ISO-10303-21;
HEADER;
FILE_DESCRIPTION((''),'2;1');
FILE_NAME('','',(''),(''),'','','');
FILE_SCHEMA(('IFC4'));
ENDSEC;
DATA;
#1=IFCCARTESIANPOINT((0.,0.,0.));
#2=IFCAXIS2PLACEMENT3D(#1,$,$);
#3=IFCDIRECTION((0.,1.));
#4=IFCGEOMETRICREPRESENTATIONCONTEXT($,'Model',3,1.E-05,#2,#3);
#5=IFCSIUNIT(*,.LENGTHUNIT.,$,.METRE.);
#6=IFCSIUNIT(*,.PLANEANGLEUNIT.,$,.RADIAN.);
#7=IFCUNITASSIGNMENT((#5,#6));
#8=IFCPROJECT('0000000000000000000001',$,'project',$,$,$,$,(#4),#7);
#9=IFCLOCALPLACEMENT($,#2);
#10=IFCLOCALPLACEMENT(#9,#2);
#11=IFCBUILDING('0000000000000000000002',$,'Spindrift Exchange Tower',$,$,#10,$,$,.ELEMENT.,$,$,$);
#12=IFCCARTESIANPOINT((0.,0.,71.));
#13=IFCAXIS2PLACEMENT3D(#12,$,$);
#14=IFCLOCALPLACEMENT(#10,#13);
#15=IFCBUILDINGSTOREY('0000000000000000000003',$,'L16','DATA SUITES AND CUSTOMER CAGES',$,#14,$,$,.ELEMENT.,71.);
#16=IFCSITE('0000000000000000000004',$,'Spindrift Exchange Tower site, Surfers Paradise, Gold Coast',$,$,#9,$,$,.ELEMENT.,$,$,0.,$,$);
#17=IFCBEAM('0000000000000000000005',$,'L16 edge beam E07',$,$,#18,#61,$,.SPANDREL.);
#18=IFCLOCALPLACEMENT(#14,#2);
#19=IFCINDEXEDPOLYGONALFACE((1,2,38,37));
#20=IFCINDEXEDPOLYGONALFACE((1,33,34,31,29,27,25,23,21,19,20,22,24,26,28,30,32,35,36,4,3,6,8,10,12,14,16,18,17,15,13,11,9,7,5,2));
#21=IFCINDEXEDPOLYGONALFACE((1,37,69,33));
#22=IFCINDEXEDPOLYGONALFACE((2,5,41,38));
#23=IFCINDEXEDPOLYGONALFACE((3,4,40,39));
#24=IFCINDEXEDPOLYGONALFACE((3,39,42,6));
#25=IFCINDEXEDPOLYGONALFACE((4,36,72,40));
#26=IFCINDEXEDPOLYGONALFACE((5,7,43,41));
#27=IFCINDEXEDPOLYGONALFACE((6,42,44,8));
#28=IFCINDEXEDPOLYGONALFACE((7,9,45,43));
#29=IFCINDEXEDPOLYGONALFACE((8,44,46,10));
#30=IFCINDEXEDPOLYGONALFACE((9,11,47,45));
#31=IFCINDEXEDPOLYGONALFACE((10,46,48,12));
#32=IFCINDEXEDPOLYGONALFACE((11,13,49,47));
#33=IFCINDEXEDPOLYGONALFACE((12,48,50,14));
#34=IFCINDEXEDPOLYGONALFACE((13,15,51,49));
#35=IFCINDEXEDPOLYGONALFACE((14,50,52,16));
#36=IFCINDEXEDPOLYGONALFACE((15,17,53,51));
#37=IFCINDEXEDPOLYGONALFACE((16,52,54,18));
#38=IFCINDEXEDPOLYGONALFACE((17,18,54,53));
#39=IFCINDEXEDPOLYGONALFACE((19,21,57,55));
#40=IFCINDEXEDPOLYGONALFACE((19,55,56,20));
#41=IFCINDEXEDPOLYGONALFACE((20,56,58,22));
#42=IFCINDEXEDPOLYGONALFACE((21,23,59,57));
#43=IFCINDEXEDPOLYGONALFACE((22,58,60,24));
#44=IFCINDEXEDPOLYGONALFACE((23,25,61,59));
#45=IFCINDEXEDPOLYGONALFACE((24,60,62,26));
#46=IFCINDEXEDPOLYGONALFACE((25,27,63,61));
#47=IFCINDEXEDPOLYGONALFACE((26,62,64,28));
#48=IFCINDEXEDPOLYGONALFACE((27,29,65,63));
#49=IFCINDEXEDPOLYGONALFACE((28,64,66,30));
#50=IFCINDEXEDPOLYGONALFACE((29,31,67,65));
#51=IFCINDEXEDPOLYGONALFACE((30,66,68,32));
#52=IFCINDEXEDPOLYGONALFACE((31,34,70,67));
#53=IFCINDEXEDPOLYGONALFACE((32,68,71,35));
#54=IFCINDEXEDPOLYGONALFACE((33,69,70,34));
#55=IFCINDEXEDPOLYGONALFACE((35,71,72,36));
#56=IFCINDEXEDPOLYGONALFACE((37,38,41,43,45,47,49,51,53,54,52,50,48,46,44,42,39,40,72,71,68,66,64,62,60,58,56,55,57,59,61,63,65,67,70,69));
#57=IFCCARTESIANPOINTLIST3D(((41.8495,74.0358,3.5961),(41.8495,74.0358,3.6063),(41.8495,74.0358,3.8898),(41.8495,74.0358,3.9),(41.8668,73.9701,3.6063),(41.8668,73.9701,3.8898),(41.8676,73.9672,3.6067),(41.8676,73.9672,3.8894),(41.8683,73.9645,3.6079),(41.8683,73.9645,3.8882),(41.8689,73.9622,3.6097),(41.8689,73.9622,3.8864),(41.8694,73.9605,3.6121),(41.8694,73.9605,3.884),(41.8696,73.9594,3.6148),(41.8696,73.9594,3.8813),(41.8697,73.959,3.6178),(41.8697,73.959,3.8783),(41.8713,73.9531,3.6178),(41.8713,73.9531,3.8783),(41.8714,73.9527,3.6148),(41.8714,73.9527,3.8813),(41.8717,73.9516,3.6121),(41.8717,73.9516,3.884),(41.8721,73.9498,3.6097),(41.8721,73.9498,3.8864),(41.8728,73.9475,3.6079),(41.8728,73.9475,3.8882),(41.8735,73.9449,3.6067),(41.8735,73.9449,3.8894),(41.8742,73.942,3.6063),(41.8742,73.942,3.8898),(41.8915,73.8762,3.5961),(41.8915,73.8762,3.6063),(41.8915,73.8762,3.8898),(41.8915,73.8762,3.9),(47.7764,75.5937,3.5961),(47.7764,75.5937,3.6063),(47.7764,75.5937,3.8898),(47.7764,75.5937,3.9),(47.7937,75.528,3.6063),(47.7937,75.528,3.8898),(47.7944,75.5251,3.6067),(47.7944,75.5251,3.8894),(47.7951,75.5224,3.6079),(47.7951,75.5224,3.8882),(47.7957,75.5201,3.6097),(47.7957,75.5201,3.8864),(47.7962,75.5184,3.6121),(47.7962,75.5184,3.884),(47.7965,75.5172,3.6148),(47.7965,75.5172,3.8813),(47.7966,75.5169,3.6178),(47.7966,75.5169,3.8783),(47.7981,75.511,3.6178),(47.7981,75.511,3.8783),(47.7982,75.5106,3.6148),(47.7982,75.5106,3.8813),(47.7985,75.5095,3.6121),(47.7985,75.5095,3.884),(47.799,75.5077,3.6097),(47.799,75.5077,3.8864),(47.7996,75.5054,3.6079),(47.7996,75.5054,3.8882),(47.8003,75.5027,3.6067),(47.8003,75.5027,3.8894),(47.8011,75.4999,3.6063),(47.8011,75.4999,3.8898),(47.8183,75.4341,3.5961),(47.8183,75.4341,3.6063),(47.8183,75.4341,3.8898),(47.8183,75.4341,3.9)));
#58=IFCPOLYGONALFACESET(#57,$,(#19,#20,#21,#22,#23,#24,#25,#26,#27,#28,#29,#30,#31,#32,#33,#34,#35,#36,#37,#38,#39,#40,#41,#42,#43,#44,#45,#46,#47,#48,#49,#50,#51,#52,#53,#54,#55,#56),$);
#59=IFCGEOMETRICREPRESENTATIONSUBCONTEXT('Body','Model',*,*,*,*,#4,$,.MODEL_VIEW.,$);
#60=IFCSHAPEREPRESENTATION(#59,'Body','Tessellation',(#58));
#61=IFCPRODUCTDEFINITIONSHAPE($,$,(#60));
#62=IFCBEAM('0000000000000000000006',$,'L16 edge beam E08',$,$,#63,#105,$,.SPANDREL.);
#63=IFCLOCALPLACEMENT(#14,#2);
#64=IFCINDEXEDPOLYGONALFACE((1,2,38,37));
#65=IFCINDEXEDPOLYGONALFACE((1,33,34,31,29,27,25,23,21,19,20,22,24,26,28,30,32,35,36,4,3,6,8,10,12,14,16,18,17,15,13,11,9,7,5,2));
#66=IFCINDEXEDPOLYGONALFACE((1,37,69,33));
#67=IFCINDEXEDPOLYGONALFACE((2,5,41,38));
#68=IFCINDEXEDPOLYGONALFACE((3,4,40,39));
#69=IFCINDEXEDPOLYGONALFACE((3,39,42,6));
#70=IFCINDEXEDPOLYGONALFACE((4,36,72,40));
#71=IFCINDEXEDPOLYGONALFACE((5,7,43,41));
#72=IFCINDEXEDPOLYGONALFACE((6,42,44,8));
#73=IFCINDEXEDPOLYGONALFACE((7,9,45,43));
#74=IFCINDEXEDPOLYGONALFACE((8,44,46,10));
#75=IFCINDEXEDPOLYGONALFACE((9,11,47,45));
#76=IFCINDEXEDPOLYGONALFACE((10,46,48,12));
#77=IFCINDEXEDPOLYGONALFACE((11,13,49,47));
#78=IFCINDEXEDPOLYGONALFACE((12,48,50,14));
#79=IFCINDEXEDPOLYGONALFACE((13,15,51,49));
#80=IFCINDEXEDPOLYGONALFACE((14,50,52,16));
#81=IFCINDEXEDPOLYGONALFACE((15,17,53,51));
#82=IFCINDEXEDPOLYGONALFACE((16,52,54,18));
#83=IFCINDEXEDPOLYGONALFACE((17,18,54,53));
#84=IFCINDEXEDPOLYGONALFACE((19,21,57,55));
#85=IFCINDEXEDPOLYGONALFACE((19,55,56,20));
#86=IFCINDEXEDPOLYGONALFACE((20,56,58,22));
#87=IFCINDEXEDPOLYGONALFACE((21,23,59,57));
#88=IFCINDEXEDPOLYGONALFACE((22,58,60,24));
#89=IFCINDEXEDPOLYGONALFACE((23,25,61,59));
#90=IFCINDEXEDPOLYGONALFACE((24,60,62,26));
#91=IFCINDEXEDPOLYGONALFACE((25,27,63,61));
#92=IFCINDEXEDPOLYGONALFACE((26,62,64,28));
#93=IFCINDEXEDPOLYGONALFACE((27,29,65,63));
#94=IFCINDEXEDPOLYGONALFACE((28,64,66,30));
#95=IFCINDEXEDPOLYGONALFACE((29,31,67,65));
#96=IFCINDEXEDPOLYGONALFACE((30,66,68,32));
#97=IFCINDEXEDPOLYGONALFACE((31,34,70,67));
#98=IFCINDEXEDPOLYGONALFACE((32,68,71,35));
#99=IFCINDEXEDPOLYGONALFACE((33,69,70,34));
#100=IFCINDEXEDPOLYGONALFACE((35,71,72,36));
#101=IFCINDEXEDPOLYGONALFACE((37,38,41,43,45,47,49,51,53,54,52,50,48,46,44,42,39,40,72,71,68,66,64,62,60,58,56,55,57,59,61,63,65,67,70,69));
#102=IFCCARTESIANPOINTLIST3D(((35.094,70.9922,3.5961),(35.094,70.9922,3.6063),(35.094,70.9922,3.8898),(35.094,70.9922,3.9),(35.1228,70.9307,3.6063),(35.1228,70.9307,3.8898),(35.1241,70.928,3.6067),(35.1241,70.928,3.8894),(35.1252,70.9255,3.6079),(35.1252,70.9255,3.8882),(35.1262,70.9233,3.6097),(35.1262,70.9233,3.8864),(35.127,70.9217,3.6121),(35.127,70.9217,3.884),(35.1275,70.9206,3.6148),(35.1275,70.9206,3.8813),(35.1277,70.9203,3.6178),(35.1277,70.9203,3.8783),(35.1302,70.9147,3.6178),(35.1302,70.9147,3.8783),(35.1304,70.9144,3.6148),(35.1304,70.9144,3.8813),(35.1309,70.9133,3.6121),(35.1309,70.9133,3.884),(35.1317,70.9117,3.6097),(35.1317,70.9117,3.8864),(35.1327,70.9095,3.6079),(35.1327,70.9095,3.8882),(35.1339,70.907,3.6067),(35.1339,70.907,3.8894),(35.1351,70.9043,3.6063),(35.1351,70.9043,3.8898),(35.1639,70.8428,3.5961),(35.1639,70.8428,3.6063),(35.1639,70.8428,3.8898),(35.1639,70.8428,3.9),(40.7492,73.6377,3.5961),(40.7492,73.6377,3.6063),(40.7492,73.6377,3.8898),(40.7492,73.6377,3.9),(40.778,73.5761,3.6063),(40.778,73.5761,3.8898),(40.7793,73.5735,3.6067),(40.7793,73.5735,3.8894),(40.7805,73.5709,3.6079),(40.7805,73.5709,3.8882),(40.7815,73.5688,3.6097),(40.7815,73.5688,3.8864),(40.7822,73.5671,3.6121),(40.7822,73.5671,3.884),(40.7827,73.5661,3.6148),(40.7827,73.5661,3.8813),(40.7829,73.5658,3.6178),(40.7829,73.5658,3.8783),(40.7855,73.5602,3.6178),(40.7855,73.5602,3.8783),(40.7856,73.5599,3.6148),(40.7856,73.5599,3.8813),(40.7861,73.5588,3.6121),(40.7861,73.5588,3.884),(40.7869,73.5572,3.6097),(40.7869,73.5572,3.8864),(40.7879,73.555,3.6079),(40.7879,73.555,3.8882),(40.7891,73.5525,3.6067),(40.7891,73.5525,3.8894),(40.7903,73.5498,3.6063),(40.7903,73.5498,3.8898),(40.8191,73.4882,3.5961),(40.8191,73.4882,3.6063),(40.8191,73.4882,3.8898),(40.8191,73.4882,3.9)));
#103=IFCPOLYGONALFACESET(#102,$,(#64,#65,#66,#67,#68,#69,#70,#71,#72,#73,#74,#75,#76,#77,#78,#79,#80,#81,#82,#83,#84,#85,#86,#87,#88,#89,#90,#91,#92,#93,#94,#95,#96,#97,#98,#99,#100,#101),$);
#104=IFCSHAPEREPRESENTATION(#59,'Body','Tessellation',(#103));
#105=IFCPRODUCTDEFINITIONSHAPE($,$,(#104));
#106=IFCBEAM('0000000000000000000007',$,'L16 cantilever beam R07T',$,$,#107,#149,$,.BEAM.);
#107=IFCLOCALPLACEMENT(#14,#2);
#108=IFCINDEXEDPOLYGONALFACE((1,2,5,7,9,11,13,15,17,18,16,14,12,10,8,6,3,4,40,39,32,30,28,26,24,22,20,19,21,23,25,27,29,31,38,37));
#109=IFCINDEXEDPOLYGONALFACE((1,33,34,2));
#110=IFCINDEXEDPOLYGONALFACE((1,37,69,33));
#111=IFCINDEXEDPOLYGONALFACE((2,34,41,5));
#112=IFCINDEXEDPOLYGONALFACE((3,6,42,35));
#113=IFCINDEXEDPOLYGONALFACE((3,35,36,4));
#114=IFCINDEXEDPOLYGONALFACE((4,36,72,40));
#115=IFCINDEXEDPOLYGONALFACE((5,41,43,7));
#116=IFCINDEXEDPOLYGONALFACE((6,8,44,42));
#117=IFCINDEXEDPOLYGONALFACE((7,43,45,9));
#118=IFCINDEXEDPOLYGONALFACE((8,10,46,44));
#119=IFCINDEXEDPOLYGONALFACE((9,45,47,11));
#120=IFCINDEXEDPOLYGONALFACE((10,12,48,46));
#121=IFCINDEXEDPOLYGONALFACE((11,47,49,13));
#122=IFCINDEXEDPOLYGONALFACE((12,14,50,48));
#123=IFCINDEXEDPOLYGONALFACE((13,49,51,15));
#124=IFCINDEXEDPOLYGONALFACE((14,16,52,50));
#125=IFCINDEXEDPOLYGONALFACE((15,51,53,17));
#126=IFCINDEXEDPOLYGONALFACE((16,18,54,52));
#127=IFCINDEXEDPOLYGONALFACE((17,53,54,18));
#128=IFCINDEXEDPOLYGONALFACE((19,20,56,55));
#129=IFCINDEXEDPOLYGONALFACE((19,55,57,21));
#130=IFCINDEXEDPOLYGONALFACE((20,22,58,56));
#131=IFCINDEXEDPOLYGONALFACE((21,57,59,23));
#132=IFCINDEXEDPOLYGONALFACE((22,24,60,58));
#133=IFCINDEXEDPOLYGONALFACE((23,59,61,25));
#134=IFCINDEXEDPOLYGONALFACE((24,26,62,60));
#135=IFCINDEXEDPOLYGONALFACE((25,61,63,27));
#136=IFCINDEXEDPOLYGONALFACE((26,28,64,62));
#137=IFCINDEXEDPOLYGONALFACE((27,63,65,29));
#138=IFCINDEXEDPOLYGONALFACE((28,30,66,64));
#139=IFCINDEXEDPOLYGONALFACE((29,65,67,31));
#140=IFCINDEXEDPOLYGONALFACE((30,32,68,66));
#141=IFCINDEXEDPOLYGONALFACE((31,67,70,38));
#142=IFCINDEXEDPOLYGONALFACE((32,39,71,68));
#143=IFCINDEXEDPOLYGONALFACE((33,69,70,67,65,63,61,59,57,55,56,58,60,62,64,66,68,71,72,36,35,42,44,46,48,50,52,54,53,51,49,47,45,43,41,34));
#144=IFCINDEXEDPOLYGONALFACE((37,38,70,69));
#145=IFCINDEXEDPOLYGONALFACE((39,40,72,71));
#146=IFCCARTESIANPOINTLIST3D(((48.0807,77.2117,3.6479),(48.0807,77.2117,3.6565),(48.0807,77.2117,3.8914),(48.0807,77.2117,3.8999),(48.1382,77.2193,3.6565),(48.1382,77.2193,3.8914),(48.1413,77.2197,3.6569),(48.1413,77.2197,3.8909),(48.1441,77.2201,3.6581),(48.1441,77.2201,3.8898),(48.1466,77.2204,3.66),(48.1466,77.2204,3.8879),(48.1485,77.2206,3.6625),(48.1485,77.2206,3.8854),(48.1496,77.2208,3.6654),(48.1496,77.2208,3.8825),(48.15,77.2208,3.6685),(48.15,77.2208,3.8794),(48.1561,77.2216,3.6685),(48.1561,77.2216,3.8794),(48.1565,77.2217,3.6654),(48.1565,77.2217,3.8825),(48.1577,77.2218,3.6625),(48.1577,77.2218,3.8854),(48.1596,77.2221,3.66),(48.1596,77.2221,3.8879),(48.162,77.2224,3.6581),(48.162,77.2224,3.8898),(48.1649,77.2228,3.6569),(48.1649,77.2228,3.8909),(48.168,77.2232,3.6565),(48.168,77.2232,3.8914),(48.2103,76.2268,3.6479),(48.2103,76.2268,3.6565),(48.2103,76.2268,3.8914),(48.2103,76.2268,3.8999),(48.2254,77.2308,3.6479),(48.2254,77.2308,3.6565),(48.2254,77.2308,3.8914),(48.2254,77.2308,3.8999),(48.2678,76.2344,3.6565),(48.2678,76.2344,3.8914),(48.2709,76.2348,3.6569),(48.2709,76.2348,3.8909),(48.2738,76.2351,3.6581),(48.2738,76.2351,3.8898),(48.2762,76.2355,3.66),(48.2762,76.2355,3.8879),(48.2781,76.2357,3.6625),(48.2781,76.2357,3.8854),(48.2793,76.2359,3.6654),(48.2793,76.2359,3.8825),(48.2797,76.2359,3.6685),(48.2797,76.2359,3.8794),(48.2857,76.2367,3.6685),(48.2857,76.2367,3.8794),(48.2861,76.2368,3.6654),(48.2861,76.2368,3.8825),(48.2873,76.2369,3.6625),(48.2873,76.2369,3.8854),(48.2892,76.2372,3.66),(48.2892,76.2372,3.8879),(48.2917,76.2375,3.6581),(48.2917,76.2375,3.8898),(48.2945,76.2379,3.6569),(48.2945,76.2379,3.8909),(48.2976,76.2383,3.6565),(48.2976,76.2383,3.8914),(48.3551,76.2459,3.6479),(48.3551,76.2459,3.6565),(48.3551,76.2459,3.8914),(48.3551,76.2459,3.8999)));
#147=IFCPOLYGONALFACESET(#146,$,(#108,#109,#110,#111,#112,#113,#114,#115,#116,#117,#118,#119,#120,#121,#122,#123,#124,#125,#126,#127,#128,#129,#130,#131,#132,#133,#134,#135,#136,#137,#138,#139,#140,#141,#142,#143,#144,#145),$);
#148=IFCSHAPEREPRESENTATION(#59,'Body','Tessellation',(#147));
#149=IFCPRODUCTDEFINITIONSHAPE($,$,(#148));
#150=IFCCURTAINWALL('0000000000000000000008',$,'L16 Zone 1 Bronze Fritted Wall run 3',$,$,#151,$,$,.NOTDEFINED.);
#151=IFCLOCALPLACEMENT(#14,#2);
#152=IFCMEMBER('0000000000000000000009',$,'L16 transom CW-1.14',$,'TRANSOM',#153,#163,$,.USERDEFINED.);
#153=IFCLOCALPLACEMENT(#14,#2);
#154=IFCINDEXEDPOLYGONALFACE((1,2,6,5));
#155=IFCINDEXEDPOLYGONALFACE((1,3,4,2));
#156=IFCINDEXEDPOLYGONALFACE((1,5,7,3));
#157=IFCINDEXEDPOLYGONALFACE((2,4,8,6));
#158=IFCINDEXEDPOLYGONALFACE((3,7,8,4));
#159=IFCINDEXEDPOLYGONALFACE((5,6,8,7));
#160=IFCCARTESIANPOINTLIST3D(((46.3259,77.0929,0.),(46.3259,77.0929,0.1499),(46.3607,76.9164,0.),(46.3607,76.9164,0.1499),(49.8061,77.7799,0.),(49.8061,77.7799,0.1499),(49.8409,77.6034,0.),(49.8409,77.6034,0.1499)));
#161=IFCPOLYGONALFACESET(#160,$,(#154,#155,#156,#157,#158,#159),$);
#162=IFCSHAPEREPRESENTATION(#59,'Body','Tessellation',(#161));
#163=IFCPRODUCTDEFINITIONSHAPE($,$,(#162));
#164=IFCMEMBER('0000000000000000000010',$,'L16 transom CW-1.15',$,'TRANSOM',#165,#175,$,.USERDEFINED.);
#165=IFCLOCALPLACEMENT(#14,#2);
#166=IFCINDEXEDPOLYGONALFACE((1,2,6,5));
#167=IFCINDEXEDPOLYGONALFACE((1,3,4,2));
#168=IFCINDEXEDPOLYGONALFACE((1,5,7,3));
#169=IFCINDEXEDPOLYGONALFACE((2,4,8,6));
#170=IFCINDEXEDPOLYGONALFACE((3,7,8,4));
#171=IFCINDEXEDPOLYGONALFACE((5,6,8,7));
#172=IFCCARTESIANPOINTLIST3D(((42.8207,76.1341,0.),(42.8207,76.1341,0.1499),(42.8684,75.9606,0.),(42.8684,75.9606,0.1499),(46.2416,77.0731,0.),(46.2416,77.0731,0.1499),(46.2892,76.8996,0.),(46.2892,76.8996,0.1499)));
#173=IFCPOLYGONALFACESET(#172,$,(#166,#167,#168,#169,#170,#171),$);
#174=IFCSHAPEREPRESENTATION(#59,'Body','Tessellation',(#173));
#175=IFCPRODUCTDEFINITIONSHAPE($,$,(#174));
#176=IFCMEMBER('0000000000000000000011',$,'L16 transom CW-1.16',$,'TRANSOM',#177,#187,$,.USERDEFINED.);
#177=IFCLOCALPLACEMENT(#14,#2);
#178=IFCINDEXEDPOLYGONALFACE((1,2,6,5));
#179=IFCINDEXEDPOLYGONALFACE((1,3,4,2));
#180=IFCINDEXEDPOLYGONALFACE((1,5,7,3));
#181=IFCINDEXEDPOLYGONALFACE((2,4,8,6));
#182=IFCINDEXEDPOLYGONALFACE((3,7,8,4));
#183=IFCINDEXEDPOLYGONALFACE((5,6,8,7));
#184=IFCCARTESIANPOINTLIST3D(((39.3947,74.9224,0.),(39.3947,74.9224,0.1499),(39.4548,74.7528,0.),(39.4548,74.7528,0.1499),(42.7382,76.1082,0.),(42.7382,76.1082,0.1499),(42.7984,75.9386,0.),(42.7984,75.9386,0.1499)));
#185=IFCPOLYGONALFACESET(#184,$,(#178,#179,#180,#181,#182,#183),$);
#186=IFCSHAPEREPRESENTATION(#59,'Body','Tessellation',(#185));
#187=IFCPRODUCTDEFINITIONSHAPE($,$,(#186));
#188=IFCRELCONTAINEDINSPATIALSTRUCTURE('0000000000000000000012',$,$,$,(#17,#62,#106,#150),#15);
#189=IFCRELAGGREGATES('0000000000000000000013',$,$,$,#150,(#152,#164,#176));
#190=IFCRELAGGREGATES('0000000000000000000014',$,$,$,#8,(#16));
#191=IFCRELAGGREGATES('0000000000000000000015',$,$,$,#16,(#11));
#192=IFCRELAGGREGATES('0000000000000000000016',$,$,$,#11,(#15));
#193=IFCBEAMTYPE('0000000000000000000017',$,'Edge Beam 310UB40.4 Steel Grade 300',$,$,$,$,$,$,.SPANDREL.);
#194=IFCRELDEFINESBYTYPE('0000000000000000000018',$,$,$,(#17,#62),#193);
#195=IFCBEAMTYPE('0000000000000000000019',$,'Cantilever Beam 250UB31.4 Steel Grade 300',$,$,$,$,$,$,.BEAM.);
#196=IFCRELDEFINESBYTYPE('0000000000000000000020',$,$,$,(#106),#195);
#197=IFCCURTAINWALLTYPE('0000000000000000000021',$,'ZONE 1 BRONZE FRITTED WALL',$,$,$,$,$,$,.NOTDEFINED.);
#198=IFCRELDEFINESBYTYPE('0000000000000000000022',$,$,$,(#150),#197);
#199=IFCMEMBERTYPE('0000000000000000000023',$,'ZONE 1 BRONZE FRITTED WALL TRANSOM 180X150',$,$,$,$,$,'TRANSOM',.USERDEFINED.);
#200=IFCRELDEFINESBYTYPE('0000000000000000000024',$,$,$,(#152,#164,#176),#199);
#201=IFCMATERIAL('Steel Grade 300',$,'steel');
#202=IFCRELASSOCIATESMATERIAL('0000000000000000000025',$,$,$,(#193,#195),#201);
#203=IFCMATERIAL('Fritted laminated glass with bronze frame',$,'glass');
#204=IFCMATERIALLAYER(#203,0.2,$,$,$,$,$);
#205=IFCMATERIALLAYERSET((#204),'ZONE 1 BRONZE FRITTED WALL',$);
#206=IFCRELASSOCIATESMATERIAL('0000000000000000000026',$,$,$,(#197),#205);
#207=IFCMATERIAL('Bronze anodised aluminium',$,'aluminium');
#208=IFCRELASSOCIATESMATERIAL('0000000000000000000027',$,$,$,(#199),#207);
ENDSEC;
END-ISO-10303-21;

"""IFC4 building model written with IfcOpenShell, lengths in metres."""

from ifc_helpers import new_model, si_unit, direction, frame, origin, origin_2d, place, context, subcontext, project, spatial, rectangle, i_section, extrude, source, transform, mapped, material, layer, layer_set, material_profile, profile_set, type_object, element, aggregate, save


model = new_model("IFC4")

# Units and contexts
model_context = context("Model", 3, precision=1e-05, world=origin(), true_north=direction((0.0, 1.0)))
body_context = subcontext(model_context, "Body", "Model", "MODEL_VIEW")
ifc_project = project(units=[si_unit("LENGTHUNIT", "METRE"), si_unit("PLANEANGLEUNIT", "RADIAN")], contexts=[model_context])

# Site, building, storey
site_placement = place(None, origin())
site = spatial("IfcSite", under=ifc_project, at=site_placement, Name="Spindrift Exchange Tower site, Surfers Paradise, Gold Coast", CompositionType="ELEMENT", RefElevation=0.0)
building_placement = place(site_placement, origin())
building = spatial("IfcBuilding", under=site, at=building_placement, Name="Spindrift Exchange Tower", CompositionType="ELEMENT")
storey_placement = place(building_placement, frame((0.0, 0.0, 71.0)))
storey = spatial("IfcBuildingStorey", under=building, at=storey_placement, Name="L16", Description="DATA SUITES AND CUSTOMER CAGES", CompositionType="ELEMENT", Elevation=71.0)

# Beams
ifc_material_1 = material(Name="Steel Grade 300", Category="steel")
ifc_material_profile_1 = material_profile(ifc_material_1, i_section(OverallWidth=0.165, OverallDepth=0.304, WebThickness=0.0061, FlangeThickness=0.0103, FilletRadius=0.0115, at=origin_2d()), Name="310UB40.4")
ifc_profile_set_1 = profile_set([ifc_material_profile_1], Name="Steel Grade 300")
beam_type_1 = type_object("IfcBeamType", Name="Edge Beam 310UB40.4 Steel Grade 300", PredefinedType="SPANDREL", material=ifc_profile_set_1)
shared_shape_1 = source(origin(), body_context, "Body", "SweptSolid", [
    extrude(i_section(OverallWidth=0.165, OverallDepth=0.304, WebThickness=0.0061, FlangeThickness=0.0103, FilletRadius=0.0115, at=origin_2d()), origin(), (0.0, 0.0, 1.0), 6.1282),
])
beam_1_placement = place(storey_placement, frame((47.7974, 75.5139, 3.748), z_axis=(-0.967147, -0.254217, 0.0), x_axis=(0.254217, -0.967147, 0.0)))
element("IfcBeam", 1, at=beam_1_placement, inside=storey, type_object=beam_type_1, Name="L16 edge beam E07", PredefinedType="SPANDREL", context=body_context, shape_type="MappedRepresentation", body=[
    mapped(shared_shape_1, transform((0.0, 0.0, 0.0), scale=1.0)),
])
shared_shape_2 = source(origin(), body_context, "Body", "SweptSolid", [
    extrude(i_section(OverallWidth=0.165, OverallDepth=0.304, WebThickness=0.0061, FlangeThickness=0.0103, FilletRadius=0.0115, at=origin_2d()), origin(), (0.0, 0.0, 1.0), 6.2434),
])
beam_2_placement = place(storey_placement, frame((40.7842, 73.563, 3.748), z_axis=(-0.905791, -0.423724, 0.0), x_axis=(0.423724, -0.905791, 0.0)))
element("IfcBeam", 2, at=beam_2_placement, inside=storey, type_object=beam_type_1, Name="L16 edge beam E08", PredefinedType="SPANDREL", context=body_context, shape_type="MappedRepresentation", body=[
    mapped(shared_shape_2, transform((0.0, 0.0, 0.0), scale=1.0)),
])
ifc_material_profile_2 = material_profile(ifc_material_1, i_section(OverallWidth=0.146, OverallDepth=0.252, WebThickness=0.0061, FlangeThickness=0.0085, FilletRadius=0.012, at=origin_2d()), Name="250UB31.4")
ifc_profile_set_2 = profile_set([ifc_material_profile_2], Name="Steel Grade 300")
beam_type_2 = type_object("IfcBeamType", Name="Cantilever Beam 250UB31.4 Steel Grade 300", PredefinedType="BEAM", material=ifc_profile_set_2)
shared_shape_3 = source(origin(), body_context, "Body", "SweptSolid", [
    extrude(i_section(OverallWidth=0.146, OverallDepth=0.252, WebThickness=0.0061, FlangeThickness=0.0085, FilletRadius=0.012, at=origin_2d()), origin(), (0.0, 0.0, 1.0), 0.9934),
])
beam_3_placement = place(storey_placement, frame((48.2827, 76.2363, 3.7739), z_axis=(-0.130505, 0.991448, 0.0), x_axis=(-0.991448, -0.130505, 0.0)))
element("IfcBeam", 3, at=beam_3_placement, inside=storey, type_object=beam_type_2, Name="L16 cantilever beam R07T", PredefinedType="BEAM", context=body_context, shape_type="MappedRepresentation", body=[
    mapped(shared_shape_3, transform((0.0, 0.0, 0.0), scale=1.0)),
])

# Curtain wall, members
ifc_material_2 = material(Name="Fritted laminated glass with bronze frame", Category="glass")
ifc_layer_1 = layer(ifc_material_2, 0.2)
ifc_layer_set_1 = layer_set([ifc_layer_1], Name="ZONE 1 BRONZE FRITTED WALL")
curtain_wall_type = type_object("IfcCurtainWallType", Name="ZONE 1 BRONZE FRITTED WALL", PredefinedType="NOTDEFINED", material=ifc_layer_set_1)
curtain_wall_placement = place(storey_placement, origin())
curtain_wall = element("IfcCurtainWall", 4, at=curtain_wall_placement, inside=storey, type_object=curtain_wall_type, Name="L16 Zone 1 Bronze Fritted Wall run 3", PredefinedType="NOTDEFINED")
ifc_material_3 = material(Name="Bronze anodised aluminium", Category="aluminium")
ifc_material_profile_3 = material_profile(ifc_material_3, rectangle(XDim=0.1799, YDim=0.1499, at=origin_2d()), Name="ZONE 1 BRONZE FRITTED WALL TRANSOM 180X150")
ifc_profile_set_3 = profile_set([ifc_material_profile_3], Name="Bronze anodised aluminium")
member_type_1 = type_object("IfcMemberType", Name="ZONE 1 BRONZE FRITTED WALL TRANSOM 180X150", ElementType="TRANSOM", PredefinedType="USERDEFINED", material=ifc_profile_set_3)
shared_shape_4 = source(origin(), body_context, "Body", "SweptSolid", [
    extrude(rectangle(XDim=0.1799, YDim=0.1499, at=origin_2d()), origin(), (0.0, 0.0, 1.0), 3.5474),
])
member_1_placement = place(storey_placement, frame((49.8235, 77.6917, 0.075), z_axis=(-0.981067, -0.193667, 0.0), x_axis=(0.193667, -0.981067, 0.0)))
member_1 = element("IfcMember", 5, at=member_1_placement, type_object=member_type_1, Name="L16 transom CW-1.14", ObjectType="TRANSOM", PredefinedType="USERDEFINED", context=body_context, shape_type="MappedRepresentation", body=[
    mapped(shared_shape_4, transform((0.0, 0.0, 0.0), scale=1.0)),
])
member_2_placement = place(storey_placement, frame((46.2654, 76.9863, 0.075), z_axis=(-0.964334, -0.264689, 0.0), x_axis=(0.264689, -0.964334, 0.0)))
member_2 = element("IfcMember", 6, at=member_2_placement, type_object=member_type_1, Name="L16 transom CW-1.15", ObjectType="TRANSOM", PredefinedType="USERDEFINED", context=body_context, shape_type="MappedRepresentation", body=[
    mapped(shared_shape_4, transform((0.0, 0.0, 0.0), scale=1.0)),
])
shared_shape_5 = source(origin(), body_context, "Body", "SweptSolid", [
    extrude(rectangle(XDim=0.1799, YDim=0.1499, at=origin_2d()), origin(), (0.0, 0.0, 1.0), 3.5476),
])
member_3_placement = place(storey_placement, frame((42.7683, 76.0234, 0.075), z_axis=(-0.942482, -0.334256, 0.0), x_axis=(0.334256, -0.942482, 0.0)))
member_3 = element("IfcMember", 7, at=member_3_placement, type_object=member_type_1, Name="L16 transom CW-1.16", ObjectType="TRANSOM", PredefinedType="USERDEFINED", context=body_context, shape_type="MappedRepresentation", body=[
    mapped(shared_shape_5, transform((0.0, 0.0, 0.0), scale=1.0)),
])
aggregate(curtain_wall, [member_1, member_2, member_3])

save(model, "model.ifc")
